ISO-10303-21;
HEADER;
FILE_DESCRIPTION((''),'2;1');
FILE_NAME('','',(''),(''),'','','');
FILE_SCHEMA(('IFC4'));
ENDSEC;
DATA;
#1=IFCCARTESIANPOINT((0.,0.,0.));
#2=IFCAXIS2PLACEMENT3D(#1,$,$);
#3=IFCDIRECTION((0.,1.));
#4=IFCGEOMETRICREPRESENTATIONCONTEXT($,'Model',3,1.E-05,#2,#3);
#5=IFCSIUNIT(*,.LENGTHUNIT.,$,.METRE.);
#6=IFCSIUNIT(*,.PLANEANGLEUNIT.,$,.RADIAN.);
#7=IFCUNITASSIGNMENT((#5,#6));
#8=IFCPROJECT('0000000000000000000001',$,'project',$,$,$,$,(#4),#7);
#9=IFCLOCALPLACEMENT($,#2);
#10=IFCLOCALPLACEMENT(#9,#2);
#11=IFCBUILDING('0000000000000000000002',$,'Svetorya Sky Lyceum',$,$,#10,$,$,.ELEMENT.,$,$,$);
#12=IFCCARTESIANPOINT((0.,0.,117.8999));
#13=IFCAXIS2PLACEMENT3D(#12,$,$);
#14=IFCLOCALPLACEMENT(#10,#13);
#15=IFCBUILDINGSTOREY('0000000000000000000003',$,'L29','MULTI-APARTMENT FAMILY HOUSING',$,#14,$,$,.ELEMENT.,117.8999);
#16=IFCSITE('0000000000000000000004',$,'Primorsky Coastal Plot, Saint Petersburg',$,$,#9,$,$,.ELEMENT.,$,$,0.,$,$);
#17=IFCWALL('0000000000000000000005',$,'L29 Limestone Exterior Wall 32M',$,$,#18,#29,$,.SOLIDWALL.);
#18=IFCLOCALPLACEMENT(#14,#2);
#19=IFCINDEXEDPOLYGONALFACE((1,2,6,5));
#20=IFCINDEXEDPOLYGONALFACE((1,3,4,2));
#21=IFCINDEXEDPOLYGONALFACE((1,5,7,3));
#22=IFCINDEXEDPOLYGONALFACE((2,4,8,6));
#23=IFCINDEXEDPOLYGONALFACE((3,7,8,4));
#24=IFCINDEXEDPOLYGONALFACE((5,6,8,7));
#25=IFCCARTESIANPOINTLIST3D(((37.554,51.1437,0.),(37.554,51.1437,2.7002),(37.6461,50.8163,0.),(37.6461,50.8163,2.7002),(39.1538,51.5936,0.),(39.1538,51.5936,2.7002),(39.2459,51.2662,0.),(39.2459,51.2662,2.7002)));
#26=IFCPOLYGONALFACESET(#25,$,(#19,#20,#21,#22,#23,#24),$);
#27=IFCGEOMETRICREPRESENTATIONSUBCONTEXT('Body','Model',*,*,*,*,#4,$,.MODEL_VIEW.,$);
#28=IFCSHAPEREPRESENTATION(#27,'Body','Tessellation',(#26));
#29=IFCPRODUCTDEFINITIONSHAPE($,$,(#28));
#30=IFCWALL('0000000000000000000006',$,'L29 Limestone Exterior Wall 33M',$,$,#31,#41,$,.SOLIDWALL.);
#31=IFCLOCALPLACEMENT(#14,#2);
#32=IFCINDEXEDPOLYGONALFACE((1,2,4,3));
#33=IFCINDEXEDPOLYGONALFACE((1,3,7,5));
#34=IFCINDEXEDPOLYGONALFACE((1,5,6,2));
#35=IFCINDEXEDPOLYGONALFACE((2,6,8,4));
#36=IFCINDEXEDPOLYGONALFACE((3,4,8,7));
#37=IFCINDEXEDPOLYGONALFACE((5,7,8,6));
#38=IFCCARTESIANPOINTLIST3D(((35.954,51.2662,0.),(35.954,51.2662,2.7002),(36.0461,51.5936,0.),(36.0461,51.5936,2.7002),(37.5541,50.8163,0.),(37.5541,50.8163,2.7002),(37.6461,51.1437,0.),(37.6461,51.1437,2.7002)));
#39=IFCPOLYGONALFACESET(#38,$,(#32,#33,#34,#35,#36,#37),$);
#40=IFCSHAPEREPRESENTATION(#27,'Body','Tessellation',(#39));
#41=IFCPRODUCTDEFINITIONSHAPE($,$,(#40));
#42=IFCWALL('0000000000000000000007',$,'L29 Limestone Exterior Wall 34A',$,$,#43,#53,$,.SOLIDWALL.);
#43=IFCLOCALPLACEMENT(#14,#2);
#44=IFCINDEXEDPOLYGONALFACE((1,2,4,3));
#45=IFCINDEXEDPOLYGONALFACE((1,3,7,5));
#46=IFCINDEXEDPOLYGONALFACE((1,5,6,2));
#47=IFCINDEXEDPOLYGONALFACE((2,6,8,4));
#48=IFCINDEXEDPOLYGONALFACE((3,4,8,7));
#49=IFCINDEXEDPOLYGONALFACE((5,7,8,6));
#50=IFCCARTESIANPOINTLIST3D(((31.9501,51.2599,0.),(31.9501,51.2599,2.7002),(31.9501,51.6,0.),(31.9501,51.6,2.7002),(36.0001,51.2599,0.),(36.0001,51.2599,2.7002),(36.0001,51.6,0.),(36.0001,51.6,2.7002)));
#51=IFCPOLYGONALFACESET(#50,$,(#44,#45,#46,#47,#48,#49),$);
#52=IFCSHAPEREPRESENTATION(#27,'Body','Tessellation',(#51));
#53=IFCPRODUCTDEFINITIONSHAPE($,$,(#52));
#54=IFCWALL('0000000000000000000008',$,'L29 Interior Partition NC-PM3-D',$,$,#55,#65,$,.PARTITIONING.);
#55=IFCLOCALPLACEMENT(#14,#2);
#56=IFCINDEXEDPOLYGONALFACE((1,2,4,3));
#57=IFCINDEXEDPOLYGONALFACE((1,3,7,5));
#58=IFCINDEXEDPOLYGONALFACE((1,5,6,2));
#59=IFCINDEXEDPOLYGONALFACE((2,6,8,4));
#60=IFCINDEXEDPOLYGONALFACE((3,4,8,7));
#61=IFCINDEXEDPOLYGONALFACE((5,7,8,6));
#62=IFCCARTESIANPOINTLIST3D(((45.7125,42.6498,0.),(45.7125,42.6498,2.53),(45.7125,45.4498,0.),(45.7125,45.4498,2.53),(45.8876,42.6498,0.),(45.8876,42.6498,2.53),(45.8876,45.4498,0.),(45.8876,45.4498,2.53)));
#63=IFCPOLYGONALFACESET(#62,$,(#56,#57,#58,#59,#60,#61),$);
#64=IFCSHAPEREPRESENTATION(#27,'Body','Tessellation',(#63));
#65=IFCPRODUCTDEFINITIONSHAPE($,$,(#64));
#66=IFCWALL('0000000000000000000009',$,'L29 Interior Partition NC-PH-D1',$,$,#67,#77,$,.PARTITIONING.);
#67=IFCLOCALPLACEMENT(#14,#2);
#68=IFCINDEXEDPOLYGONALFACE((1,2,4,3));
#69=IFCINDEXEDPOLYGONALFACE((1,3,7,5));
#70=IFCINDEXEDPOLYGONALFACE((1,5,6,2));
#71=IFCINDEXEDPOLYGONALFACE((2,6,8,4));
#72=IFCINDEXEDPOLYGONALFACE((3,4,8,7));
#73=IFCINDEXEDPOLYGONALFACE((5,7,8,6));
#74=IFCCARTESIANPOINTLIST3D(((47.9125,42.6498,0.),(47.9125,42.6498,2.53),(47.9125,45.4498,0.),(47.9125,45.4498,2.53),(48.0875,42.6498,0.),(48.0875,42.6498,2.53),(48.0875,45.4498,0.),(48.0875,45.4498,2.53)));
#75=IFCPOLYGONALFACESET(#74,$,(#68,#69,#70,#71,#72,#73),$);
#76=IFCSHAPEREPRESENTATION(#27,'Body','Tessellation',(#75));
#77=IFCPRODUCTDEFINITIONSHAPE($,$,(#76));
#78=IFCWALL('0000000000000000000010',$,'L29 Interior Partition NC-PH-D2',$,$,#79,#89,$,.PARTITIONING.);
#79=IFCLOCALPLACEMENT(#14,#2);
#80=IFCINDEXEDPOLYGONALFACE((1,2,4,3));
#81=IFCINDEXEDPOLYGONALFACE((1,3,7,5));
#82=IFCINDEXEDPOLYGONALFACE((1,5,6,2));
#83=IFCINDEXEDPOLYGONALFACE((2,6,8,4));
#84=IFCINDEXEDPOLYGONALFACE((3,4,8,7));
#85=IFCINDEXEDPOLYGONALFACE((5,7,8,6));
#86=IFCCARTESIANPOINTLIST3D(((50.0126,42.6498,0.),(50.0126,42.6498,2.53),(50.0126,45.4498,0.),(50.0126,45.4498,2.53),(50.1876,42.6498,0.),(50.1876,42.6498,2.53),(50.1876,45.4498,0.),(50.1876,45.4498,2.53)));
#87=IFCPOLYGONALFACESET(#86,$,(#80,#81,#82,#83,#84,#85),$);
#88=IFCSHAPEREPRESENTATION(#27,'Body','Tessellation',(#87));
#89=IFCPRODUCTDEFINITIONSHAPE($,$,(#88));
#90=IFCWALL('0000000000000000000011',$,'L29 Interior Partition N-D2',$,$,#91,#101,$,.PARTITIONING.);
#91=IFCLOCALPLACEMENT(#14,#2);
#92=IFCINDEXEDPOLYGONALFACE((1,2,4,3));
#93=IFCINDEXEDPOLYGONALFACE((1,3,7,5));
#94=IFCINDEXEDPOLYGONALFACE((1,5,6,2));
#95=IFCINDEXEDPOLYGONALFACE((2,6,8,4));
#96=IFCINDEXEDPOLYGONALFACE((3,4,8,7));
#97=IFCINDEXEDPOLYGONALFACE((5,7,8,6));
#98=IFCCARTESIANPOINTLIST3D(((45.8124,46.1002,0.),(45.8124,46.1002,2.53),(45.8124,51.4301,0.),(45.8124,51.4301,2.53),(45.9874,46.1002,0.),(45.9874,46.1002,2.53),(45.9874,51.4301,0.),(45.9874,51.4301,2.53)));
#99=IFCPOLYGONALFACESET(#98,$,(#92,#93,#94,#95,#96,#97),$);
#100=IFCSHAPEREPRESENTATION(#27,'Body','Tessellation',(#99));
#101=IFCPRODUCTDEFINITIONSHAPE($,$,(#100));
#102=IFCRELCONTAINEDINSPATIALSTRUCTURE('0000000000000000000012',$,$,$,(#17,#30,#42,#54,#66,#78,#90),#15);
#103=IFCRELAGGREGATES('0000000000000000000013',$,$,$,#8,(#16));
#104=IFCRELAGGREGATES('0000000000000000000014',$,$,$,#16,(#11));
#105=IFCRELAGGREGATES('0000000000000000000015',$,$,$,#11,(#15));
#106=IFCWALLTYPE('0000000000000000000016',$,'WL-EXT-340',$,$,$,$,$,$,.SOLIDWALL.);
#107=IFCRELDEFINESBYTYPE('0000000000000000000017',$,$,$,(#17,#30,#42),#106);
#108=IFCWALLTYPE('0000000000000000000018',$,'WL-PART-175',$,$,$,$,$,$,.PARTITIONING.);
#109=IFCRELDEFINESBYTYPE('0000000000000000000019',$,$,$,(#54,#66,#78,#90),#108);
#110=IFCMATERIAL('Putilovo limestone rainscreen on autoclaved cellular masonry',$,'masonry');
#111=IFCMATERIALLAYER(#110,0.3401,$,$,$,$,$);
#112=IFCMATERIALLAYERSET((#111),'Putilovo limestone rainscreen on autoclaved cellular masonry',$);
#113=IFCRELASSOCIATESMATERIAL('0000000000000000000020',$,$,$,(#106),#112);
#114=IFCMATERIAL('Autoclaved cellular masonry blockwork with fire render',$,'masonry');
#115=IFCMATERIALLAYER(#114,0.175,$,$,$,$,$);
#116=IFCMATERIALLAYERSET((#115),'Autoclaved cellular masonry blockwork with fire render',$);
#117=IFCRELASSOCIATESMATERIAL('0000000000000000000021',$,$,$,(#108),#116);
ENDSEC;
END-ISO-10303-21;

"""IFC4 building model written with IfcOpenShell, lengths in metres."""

from ifc_helpers import new_model, si_unit, direction, frame, frame_2d, origin, place, context, subcontext, project, spatial, rectangle, extrude, material, layer, layer_set, type_object, element, save


model = new_model("IFC4")

# Units and contexts
model_context = context("Model", 3, precision=1e-05, world=origin(), true_north=direction((0.0, 1.0)))
body_context = subcontext(model_context, "Body", "Model", "MODEL_VIEW")
ifc_project = project(units=[si_unit("LENGTHUNIT", "METRE"), si_unit("PLANEANGLEUNIT", "RADIAN")], contexts=[model_context])

# Site, building, storey
site_placement = place(None, origin())
site = spatial("IfcSite", under=ifc_project, at=site_placement, Name="Primorsky Coastal Plot, Saint Petersburg", CompositionType="ELEMENT", RefElevation=0.0)
building_placement = place(site_placement, origin())
building = spatial("IfcBuilding", under=site, at=building_placement, Name="Svetorya Sky Lyceum", CompositionType="ELEMENT")
storey_placement = place(building_placement, frame((0.0, 0.0, 117.8999)))
storey = spatial("IfcBuildingStorey", under=building, at=storey_placement, Name="L29", Description="MULTI-APARTMENT FAMILY HOUSING", CompositionType="ELEMENT", Elevation=117.8999)

# Walls
ifc_material_1 = material(Name="Putilovo limestone rainscreen on autoclaved cellular masonry", Category="masonry")
ifc_layer_1 = layer(ifc_material_1, 0.3401)
ifc_layer_set_1 = layer_set([ifc_layer_1], Name="Putilovo limestone rainscreen on autoclaved cellular masonry")
wall_type_1 = type_object("IfcWallType", Name="WL-EXT-340", PredefinedType="SOLIDWALL", material=ifc_layer_set_1)
wall_1_placement = place(storey_placement, frame((39.2, 51.4299, 0.0), z_axis=(0.0, 0.0, 1.0), x_axis=(-0.962652, -0.270741, 0.0)))
element("IfcWall", 1, at=wall_1_placement, inside=storey, type_object=wall_type_1, Name="L29 Limestone Exterior Wall 32M", PredefinedType="SOLIDWALL", context=body_context, shape_type="SweptSolid", body=[
    extrude(rectangle(XDim=1.6619, YDim=0.3401, at=frame_2d((0.8311, 0.0))), origin(), (0.0, 0.0, 1.0), 2.7002),
])
wall_2_placement = place(storey_placement, frame((37.6001, 50.98, 0.0), z_axis=(0.0, 0.0, 1.0), x_axis=(-0.962663, 0.270703, 0.0)))
element("IfcWall", 2, at=wall_2_placement, inside=storey, type_object=wall_type_1, Name="L29 Limestone Exterior Wall 33M", PredefinedType="SOLIDWALL", context=body_context, shape_type="SweptSolid", body=[
    extrude(rectangle(XDim=1.6621, YDim=0.3401, at=frame_2d((0.8311, 0.0))), origin(), (0.0, 0.0, 1.0), 2.7002),
])
wall_3_placement = place(storey_placement, frame((36.0, 51.4299, 0.0), z_axis=(0.0, 0.0, 1.0), x_axis=(-1.0, 0.0, 0.0)))
element("IfcWall", 3, at=wall_3_placement, inside=storey, type_object=wall_type_1, Name="L29 Limestone Exterior Wall 34A", PredefinedType="SOLIDWALL", context=body_context, shape_type="SweptSolid", body=[
    extrude(rectangle(XDim=4.05, YDim=0.3401, at=frame_2d((2.0249, 0.0))), origin(), (0.0, 0.0, 1.0), 2.7002),
])
ifc_material_2 = material(Name="Autoclaved cellular masonry blockwork with fire render", Category="masonry")
ifc_layer_2 = layer(ifc_material_2, 0.175)
ifc_layer_set_2 = layer_set([ifc_layer_2], Name="Autoclaved cellular masonry blockwork with fire render")
wall_type_2 = type_object("IfcWallType", Name="WL-PART-175", PredefinedType="PARTITIONING", material=ifc_layer_set_2)
for number, where, z_axis, x_axis, name in (
    (4, (45.8, 42.6499, 0.0), (0.0, 0.0, 1.0), (0.0, 1.0, 0.0), "L29 Interior Partition NC-PM3-D"),
    (5, (48.0, 42.6499, 0.0), (0.0, 0.0, 1.0), (0.0, 1.0, 0.0), "L29 Interior Partition NC-PH-D1"),
    (6, (50.1001, 42.6499, 0.0), (0.0, 0.0, 1.0), (0.0, 1.0, 0.0), "L29 Interior Partition NC-PH-D2"),
):
    element("IfcWall", number, at=place(storey_placement, frame(where, z_axis=z_axis, x_axis=x_axis)), inside=storey, type_object=wall_type_2, Name=name, PredefinedType="PARTITIONING", context=body_context, shape_type="SweptSolid", body=[
        extrude(rectangle(XDim=2.8, YDim=0.175, at=frame_2d((1.3999, 0.0))), origin(), (0.0, 0.0, 1.0), 2.53),
    ])
wall_4_placement = place(storey_placement, frame((45.8999, 46.1001, 0.0), z_axis=(0.0, 0.0, 1.0), x_axis=(0.0, 1.0, 0.0)))
element("IfcWall", 7, at=wall_4_placement, inside=storey, type_object=wall_type_2, Name="L29 Interior Partition N-D2", PredefinedType="PARTITIONING", context=body_context, shape_type="SweptSolid", body=[
    extrude(rectangle(XDim=5.3298, YDim=0.175, at=frame_2d((2.665, 0.0))), origin(), (0.0, 0.0, 1.0), 2.53),
])

save(model, "model.ifc")
